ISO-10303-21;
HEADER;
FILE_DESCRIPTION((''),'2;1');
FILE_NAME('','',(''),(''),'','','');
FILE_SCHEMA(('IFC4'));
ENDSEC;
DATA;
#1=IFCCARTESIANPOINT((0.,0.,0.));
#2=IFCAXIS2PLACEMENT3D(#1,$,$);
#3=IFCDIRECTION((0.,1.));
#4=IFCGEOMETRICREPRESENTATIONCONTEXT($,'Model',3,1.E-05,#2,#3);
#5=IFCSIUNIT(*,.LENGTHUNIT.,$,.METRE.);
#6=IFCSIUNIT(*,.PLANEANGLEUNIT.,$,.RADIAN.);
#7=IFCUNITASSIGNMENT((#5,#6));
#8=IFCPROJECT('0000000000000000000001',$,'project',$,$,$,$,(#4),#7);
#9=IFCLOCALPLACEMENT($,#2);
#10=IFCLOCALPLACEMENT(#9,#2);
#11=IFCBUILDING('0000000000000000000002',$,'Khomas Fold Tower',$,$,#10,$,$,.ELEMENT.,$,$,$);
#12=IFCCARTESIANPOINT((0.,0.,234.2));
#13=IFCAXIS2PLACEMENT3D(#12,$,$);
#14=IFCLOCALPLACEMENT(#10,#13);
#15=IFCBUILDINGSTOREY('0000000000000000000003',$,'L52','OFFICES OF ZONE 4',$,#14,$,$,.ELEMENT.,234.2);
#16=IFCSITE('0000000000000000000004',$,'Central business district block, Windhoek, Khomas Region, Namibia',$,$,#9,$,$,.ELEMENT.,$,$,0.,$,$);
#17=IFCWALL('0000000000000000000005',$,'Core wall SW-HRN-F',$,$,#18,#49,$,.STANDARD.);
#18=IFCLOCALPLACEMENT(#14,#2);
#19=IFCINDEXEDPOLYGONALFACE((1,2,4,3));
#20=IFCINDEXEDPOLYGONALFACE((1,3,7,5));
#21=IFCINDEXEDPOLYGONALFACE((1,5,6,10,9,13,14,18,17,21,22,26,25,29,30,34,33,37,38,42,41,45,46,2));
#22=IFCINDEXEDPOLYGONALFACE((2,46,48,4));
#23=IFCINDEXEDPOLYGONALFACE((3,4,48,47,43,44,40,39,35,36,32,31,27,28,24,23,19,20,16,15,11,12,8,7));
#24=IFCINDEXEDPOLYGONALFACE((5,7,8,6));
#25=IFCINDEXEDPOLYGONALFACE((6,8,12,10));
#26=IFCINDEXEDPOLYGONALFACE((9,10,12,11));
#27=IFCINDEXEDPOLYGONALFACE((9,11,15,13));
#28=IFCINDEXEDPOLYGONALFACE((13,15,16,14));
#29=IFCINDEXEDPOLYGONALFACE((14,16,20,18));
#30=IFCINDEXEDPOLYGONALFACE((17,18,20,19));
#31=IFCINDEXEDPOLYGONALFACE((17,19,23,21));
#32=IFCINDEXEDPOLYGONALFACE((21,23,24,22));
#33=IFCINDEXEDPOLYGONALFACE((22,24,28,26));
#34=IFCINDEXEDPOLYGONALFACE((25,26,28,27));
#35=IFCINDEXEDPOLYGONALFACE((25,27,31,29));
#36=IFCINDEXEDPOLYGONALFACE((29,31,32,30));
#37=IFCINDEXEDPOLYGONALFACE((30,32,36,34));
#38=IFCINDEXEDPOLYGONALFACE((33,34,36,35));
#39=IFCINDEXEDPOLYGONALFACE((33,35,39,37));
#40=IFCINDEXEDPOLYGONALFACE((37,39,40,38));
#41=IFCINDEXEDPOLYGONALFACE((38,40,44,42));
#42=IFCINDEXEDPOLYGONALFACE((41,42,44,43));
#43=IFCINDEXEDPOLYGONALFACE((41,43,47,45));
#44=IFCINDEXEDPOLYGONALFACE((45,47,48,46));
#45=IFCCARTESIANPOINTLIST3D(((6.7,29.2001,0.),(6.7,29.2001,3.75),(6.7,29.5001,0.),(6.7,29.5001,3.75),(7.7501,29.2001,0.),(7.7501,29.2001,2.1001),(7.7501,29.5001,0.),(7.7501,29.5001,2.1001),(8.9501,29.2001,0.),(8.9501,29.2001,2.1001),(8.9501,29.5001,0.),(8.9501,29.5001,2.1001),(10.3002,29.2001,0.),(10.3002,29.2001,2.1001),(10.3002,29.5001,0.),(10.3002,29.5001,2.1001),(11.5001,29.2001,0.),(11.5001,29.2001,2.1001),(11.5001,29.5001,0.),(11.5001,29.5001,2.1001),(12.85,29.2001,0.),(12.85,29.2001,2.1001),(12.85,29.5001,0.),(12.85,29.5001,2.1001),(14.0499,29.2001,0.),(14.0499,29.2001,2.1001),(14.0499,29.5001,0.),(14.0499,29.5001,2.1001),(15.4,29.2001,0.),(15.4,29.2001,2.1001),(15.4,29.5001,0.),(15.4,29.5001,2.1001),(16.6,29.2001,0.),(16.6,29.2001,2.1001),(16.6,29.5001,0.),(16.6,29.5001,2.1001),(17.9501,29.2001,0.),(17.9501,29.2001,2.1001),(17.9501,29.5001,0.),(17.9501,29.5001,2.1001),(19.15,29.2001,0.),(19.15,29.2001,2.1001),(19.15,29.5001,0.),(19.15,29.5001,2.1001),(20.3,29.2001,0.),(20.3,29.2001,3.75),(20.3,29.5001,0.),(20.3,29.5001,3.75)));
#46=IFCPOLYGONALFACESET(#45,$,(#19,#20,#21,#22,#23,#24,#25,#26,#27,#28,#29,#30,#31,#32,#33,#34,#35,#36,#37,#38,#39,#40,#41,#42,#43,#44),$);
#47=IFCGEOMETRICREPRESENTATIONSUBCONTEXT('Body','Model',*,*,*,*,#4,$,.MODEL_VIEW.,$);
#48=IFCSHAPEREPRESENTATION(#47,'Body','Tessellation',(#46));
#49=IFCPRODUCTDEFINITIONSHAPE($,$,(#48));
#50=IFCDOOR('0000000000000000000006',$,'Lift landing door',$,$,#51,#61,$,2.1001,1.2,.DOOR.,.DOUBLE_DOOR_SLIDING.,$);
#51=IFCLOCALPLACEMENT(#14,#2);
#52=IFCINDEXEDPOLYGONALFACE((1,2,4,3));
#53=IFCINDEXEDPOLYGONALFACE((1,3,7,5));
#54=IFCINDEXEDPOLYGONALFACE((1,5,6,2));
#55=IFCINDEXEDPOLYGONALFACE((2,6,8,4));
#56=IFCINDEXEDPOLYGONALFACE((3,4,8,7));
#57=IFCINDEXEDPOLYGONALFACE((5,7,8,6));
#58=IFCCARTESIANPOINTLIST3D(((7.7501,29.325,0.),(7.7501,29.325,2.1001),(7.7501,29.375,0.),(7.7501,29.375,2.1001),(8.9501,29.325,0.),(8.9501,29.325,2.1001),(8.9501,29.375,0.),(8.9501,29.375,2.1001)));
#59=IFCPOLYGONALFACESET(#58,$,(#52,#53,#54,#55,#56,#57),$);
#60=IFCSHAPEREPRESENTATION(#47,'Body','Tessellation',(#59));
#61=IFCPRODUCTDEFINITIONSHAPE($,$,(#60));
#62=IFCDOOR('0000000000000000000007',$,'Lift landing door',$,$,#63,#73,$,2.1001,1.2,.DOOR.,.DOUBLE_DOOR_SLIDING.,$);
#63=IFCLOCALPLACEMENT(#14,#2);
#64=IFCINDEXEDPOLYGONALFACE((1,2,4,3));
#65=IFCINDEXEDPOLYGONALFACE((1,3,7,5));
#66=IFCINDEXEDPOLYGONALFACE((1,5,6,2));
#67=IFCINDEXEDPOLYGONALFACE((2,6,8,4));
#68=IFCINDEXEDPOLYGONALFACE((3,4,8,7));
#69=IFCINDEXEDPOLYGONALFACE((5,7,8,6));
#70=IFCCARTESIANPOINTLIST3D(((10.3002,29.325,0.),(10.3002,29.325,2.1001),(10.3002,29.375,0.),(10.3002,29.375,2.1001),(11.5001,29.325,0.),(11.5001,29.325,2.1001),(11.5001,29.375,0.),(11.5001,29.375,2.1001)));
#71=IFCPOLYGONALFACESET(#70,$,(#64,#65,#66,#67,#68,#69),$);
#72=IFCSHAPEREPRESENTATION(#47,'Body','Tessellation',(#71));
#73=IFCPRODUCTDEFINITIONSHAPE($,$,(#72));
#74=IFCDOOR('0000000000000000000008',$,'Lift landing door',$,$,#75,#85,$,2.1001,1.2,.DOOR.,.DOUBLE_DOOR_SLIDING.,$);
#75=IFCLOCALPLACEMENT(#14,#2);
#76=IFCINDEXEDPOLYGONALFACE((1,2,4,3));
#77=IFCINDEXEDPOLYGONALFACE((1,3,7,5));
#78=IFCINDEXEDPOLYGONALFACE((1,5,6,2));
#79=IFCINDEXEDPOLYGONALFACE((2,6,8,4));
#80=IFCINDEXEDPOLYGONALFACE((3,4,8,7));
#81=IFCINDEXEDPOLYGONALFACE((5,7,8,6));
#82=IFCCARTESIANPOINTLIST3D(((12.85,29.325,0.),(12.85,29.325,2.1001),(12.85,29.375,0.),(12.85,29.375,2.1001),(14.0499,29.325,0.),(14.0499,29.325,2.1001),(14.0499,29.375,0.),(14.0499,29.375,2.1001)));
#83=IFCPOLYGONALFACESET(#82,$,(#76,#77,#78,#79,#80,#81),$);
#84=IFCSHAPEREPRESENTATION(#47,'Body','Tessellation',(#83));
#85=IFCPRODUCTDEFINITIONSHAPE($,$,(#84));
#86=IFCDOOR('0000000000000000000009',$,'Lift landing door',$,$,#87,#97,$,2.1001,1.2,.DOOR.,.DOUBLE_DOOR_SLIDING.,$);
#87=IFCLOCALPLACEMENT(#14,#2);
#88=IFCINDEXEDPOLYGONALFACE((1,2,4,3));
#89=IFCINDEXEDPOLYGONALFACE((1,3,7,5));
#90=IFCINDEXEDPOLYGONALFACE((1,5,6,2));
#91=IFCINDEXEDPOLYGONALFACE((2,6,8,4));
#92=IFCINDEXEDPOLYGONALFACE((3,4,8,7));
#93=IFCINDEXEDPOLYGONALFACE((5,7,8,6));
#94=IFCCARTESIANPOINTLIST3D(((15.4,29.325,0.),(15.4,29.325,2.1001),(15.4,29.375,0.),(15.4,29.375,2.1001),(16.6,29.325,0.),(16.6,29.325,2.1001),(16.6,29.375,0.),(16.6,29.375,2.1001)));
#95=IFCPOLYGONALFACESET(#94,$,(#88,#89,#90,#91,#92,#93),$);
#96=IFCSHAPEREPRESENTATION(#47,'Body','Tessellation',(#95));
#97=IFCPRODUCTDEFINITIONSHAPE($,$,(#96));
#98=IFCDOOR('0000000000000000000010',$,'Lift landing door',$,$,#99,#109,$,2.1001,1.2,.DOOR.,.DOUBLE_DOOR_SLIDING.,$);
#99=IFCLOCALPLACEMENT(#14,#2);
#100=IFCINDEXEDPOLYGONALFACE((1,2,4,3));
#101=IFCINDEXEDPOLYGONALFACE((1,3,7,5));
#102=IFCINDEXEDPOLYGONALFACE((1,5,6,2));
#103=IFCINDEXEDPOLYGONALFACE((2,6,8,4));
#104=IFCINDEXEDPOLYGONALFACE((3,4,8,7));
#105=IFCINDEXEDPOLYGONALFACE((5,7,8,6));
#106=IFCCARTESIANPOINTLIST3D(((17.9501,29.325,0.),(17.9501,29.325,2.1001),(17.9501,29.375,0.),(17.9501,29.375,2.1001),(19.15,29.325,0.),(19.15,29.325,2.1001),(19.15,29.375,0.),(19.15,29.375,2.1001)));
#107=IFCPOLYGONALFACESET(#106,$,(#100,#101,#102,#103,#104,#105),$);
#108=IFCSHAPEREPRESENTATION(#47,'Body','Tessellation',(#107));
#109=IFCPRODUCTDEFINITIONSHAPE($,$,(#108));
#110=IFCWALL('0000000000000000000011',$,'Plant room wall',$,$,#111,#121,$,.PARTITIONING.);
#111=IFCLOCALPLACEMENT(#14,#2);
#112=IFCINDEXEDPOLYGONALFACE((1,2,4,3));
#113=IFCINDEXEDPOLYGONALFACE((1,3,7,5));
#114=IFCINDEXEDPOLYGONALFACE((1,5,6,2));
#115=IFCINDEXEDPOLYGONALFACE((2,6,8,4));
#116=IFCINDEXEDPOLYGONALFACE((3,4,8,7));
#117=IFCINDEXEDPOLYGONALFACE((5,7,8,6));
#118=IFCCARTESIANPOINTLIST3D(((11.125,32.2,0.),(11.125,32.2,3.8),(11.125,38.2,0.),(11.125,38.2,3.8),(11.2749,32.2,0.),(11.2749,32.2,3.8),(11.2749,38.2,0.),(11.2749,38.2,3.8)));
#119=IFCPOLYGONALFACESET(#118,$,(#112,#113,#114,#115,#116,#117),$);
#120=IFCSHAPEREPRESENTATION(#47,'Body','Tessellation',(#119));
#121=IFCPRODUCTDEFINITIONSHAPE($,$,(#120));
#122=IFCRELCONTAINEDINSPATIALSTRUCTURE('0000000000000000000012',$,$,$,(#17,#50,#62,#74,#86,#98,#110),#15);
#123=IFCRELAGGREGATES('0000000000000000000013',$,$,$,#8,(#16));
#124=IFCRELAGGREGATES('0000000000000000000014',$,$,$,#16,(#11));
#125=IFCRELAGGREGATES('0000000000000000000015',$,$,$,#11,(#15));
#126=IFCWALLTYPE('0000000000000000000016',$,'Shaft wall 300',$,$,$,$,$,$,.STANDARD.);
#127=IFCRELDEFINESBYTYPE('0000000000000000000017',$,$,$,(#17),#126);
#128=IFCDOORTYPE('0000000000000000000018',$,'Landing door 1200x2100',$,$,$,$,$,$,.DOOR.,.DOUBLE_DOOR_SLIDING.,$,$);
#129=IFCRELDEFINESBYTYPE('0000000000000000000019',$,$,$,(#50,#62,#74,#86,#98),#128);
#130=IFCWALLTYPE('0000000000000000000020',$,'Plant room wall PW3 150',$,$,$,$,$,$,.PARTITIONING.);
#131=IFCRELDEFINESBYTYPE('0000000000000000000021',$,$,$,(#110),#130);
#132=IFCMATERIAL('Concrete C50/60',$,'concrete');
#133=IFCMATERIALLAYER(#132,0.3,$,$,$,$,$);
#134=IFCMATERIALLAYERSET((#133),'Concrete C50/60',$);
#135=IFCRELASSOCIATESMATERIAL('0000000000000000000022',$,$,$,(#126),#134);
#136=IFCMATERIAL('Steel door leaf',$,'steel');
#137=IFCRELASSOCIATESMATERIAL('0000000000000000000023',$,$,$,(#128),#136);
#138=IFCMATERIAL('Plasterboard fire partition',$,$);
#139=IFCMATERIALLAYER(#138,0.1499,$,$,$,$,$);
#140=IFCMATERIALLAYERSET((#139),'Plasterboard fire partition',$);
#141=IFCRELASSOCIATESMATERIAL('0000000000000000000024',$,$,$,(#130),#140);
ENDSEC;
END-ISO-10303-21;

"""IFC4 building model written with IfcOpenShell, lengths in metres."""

from ifc_helpers import new_model, si_unit, direction, frame, frame_2d, origin, place, context, subcontext, project, spatial, rectangle, extrude, source, transform, mapped, material, layer, layer_set, type_object, element, fill, save


model = new_model("IFC4")

# Units and contexts
model_context = context("Model", 3, precision=1e-05, world=origin(), true_north=direction((0.0, 1.0)))
body_context = subcontext(model_context, "Body", "Model", "MODEL_VIEW")
ifc_project = project(units=[si_unit("LENGTHUNIT", "METRE"), si_unit("PLANEANGLEUNIT", "RADIAN")], contexts=[model_context])

# Site, building, storey
site_placement = place(None, origin())
site = spatial("IfcSite", under=ifc_project, at=site_placement, Name="Central business district block, Windhoek, Khomas Region, Namibia", CompositionType="ELEMENT", RefElevation=0.0)
building_placement = place(site_placement, origin())
building = spatial("IfcBuilding", under=site, at=building_placement, Name="Khomas Fold Tower", CompositionType="ELEMENT")
storey_placement = place(building_placement, frame((0.0, 0.0, 234.2)))
storey = spatial("IfcBuildingStorey", under=building, at=storey_placement, Name="L52", Description="OFFICES OF ZONE 4", CompositionType="ELEMENT", Elevation=234.2)

# Shared definitions
ifc_material_1 = material(Name="Concrete C50/60", Category="concrete")
ifc_layer_1 = layer(ifc_material_1, 0.3)
ifc_layer_set_1 = layer_set([ifc_layer_1], Name="Concrete C50/60")
wall_type_1 = type_object("IfcWallType", Name="Shaft wall 300", PredefinedType="STANDARD", material=ifc_layer_set_1)
shared_shape_1 = source(origin(), body_context, "Body", "SweptSolid", [
    extrude(rectangle(XDim=13.6001, YDim=0.3, at=frame_2d((6.8, 0.0))), origin(), (0.0, 0.0, 1.0), 3.75),
])

# Wall, openings, doors
wall_1_placement = place(storey_placement, frame((6.7, 29.3501, 0.0), z_axis=(0.0, 0.0, 1.0), x_axis=(1.0, 0.0, 0.0)))
wall_1 = element("IfcWall", 1, at=wall_1_placement, inside=storey, type_object=wall_type_1, Name="Core wall SW-HRN-F", PredefinedType="STANDARD", context=body_context, shape_type="MappedRepresentation", body=[
    mapped(shared_shape_1, transform((0.0, 0.0, 0.0))),
])
shared_shape_2 = source(origin(), body_context, "Body", "SweptSolid", [
    extrude(rectangle(XDim=1.2, YDim=2.1001, at=frame_2d((0.6001, 1.05))), frame((0.0, 0.1599, 0.0), z_axis=(0.0, -1.0, 0.0), x_axis=(1.0, 0.0, 0.0)), (0.0, 0.0, 1.0), 0.3201),
])
opening_1_placement = place(wall_1_placement, frame((1.05, 0.0, 0.0)))
opening_1 = element("IfcOpeningElement", 2, at=opening_1_placement, cuts=wall_1, PredefinedType="OPENING", context=body_context, shape_type="MappedRepresentation", body=[
    mapped(shared_shape_2, transform((0.0, 0.0, 0.0))),
])
opening_2_placement = place(wall_1_placement, frame((3.6001, 0.0, 0.0)))
opening_2 = element("IfcOpeningElement", 3, at=opening_2_placement, cuts=wall_1, PredefinedType="OPENING", context=body_context, shape_type="MappedRepresentation", body=[
    mapped(shared_shape_2, transform((0.0, 0.0, 0.0))),
])
opening_3_placement = place(wall_1_placement, frame((6.1499, 0.0, 0.0)))
opening_3 = element("IfcOpeningElement", 4, at=opening_3_placement, cuts=wall_1, PredefinedType="OPENING", context=body_context, shape_type="MappedRepresentation", body=[
    mapped(shared_shape_2, transform((0.0, 0.0, 0.0))),
])
opening_4_placement = place(wall_1_placement, frame((8.7, 0.0, 0.0)))
opening_4 = element("IfcOpeningElement", 5, at=opening_4_placement, cuts=wall_1, PredefinedType="OPENING", context=body_context, shape_type="MappedRepresentation", body=[
    mapped(shared_shape_2, transform((0.0, 0.0, 0.0))),
])
opening_5_placement = place(wall_1_placement, frame((11.25, 0.0, 0.0)))
opening_5 = element("IfcOpeningElement", 6, at=opening_5_placement, cuts=wall_1, PredefinedType="OPENING", context=body_context, shape_type="MappedRepresentation", body=[
    mapped(shared_shape_2, transform((0.0, 0.0, 0.0))),
])
ifc_material_2 = material(Name="Steel door leaf", Category="steel")
door_type_1 = type_object("IfcDoorType", Name="Landing door 1200x2100", OperationType="DOUBLE_DOOR_SLIDING", PredefinedType="DOOR", material=ifc_material_2)
shared_shape_3 = source(origin(), body_context, "Body", "SweptSolid", [
    extrude(rectangle(XDim=1.2, YDim=2.1001, at=frame_2d((0.6001, 1.05))), frame((0.0, 0.0249, 0.0), z_axis=(0.0, -1.0, 0.0), x_axis=(1.0, 0.0, 0.0)), (0.0, 0.0, 1.0), 0.05),
])
door_1_placement = place(opening_1_placement, origin())
door_1 = element("IfcDoor", 7, at=door_1_placement, inside=storey, type_object=door_type_1, Name="Lift landing door", OperationType="DOUBLE_DOOR_SLIDING", OverallHeight=2.1001, OverallWidth=1.2, PredefinedType="DOOR", context=body_context, shape_type="MappedRepresentation", body=[
    mapped(shared_shape_3, transform((0.0, 0.0, 0.0))),
])
fill(opening_1, door_1)
door_2_placement = place(opening_2_placement, origin())
door_2 = element("IfcDoor", 8, at=door_2_placement, inside=storey, type_object=door_type_1, Name="Lift landing door", OperationType="DOUBLE_DOOR_SLIDING", OverallHeight=2.1001, OverallWidth=1.2, PredefinedType="DOOR", context=body_context, shape_type="MappedRepresentation", body=[
    mapped(shared_shape_3, transform((0.0, 0.0, 0.0))),
])
fill(opening_2, door_2)
door_3_placement = place(opening_3_placement, origin())
door_3 = element("IfcDoor", 9, at=door_3_placement, inside=storey, type_object=door_type_1, Name="Lift landing door", OperationType="DOUBLE_DOOR_SLIDING", OverallHeight=2.1001, OverallWidth=1.2, PredefinedType="DOOR", context=body_context, shape_type="MappedRepresentation", body=[
    mapped(shared_shape_3, transform((0.0, 0.0, 0.0))),
])
fill(opening_3, door_3)
door_4_placement = place(opening_4_placement, origin())
door_4 = element("IfcDoor", 10, at=door_4_placement, inside=storey, type_object=door_type_1, Name="Lift landing door", OperationType="DOUBLE_DOOR_SLIDING", OverallHeight=2.1001, OverallWidth=1.2, PredefinedType="DOOR", context=body_context, shape_type="MappedRepresentation", body=[
    mapped(shared_shape_3, transform((0.0, 0.0, 0.0))),
])
fill(opening_4, door_4)
door_5_placement = place(opening_5_placement, origin())
door_5 = element("IfcDoor", 11, at=door_5_placement, inside=storey, type_object=door_type_1, Name="Lift landing door", OperationType="DOUBLE_DOOR_SLIDING", OverallHeight=2.1001, OverallWidth=1.2, PredefinedType="DOOR", context=body_context, shape_type="MappedRepresentation", body=[
    mapped(shared_shape_3, transform((0.0, 0.0, 0.0))),
])
fill(opening_5, door_5)

# Wall
ifc_material_3 = material(Name="Plasterboard fire partition")
ifc_layer_2 = layer(ifc_material_3, 0.1499)
ifc_layer_set_2 = layer_set([ifc_layer_2], Name="Plasterboard fire partition")
wall_type_2 = type_object("IfcWallType", Name="Plant room wall PW3 150", PredefinedType="PARTITIONING", material=ifc_layer_set_2)
shared_shape_4 = source(origin(), body_context, "Body", "SweptSolid", [
    extrude(rectangle(XDim=6.0, YDim=0.1499, at=frame_2d((3.0, 0.0))), origin(), (0.0, 0.0, 1.0), 3.8),
])
wall_2_placement = place(storey_placement, frame((11.2, 32.2, 0.0), z_axis=(0.0, 0.0, 1.0), x_axis=(0.0, 1.0, 0.0)))
element("IfcWall", 12, at=wall_2_placement, inside=storey, type_object=wall_type_2, Name="Plant room wall", PredefinedType="PARTITIONING", context=body_context, shape_type="MappedRepresentation", body=[
    mapped(shared_shape_4, transform((0.0, 0.0, 0.0))),
])

save(model, "model.ifc")
